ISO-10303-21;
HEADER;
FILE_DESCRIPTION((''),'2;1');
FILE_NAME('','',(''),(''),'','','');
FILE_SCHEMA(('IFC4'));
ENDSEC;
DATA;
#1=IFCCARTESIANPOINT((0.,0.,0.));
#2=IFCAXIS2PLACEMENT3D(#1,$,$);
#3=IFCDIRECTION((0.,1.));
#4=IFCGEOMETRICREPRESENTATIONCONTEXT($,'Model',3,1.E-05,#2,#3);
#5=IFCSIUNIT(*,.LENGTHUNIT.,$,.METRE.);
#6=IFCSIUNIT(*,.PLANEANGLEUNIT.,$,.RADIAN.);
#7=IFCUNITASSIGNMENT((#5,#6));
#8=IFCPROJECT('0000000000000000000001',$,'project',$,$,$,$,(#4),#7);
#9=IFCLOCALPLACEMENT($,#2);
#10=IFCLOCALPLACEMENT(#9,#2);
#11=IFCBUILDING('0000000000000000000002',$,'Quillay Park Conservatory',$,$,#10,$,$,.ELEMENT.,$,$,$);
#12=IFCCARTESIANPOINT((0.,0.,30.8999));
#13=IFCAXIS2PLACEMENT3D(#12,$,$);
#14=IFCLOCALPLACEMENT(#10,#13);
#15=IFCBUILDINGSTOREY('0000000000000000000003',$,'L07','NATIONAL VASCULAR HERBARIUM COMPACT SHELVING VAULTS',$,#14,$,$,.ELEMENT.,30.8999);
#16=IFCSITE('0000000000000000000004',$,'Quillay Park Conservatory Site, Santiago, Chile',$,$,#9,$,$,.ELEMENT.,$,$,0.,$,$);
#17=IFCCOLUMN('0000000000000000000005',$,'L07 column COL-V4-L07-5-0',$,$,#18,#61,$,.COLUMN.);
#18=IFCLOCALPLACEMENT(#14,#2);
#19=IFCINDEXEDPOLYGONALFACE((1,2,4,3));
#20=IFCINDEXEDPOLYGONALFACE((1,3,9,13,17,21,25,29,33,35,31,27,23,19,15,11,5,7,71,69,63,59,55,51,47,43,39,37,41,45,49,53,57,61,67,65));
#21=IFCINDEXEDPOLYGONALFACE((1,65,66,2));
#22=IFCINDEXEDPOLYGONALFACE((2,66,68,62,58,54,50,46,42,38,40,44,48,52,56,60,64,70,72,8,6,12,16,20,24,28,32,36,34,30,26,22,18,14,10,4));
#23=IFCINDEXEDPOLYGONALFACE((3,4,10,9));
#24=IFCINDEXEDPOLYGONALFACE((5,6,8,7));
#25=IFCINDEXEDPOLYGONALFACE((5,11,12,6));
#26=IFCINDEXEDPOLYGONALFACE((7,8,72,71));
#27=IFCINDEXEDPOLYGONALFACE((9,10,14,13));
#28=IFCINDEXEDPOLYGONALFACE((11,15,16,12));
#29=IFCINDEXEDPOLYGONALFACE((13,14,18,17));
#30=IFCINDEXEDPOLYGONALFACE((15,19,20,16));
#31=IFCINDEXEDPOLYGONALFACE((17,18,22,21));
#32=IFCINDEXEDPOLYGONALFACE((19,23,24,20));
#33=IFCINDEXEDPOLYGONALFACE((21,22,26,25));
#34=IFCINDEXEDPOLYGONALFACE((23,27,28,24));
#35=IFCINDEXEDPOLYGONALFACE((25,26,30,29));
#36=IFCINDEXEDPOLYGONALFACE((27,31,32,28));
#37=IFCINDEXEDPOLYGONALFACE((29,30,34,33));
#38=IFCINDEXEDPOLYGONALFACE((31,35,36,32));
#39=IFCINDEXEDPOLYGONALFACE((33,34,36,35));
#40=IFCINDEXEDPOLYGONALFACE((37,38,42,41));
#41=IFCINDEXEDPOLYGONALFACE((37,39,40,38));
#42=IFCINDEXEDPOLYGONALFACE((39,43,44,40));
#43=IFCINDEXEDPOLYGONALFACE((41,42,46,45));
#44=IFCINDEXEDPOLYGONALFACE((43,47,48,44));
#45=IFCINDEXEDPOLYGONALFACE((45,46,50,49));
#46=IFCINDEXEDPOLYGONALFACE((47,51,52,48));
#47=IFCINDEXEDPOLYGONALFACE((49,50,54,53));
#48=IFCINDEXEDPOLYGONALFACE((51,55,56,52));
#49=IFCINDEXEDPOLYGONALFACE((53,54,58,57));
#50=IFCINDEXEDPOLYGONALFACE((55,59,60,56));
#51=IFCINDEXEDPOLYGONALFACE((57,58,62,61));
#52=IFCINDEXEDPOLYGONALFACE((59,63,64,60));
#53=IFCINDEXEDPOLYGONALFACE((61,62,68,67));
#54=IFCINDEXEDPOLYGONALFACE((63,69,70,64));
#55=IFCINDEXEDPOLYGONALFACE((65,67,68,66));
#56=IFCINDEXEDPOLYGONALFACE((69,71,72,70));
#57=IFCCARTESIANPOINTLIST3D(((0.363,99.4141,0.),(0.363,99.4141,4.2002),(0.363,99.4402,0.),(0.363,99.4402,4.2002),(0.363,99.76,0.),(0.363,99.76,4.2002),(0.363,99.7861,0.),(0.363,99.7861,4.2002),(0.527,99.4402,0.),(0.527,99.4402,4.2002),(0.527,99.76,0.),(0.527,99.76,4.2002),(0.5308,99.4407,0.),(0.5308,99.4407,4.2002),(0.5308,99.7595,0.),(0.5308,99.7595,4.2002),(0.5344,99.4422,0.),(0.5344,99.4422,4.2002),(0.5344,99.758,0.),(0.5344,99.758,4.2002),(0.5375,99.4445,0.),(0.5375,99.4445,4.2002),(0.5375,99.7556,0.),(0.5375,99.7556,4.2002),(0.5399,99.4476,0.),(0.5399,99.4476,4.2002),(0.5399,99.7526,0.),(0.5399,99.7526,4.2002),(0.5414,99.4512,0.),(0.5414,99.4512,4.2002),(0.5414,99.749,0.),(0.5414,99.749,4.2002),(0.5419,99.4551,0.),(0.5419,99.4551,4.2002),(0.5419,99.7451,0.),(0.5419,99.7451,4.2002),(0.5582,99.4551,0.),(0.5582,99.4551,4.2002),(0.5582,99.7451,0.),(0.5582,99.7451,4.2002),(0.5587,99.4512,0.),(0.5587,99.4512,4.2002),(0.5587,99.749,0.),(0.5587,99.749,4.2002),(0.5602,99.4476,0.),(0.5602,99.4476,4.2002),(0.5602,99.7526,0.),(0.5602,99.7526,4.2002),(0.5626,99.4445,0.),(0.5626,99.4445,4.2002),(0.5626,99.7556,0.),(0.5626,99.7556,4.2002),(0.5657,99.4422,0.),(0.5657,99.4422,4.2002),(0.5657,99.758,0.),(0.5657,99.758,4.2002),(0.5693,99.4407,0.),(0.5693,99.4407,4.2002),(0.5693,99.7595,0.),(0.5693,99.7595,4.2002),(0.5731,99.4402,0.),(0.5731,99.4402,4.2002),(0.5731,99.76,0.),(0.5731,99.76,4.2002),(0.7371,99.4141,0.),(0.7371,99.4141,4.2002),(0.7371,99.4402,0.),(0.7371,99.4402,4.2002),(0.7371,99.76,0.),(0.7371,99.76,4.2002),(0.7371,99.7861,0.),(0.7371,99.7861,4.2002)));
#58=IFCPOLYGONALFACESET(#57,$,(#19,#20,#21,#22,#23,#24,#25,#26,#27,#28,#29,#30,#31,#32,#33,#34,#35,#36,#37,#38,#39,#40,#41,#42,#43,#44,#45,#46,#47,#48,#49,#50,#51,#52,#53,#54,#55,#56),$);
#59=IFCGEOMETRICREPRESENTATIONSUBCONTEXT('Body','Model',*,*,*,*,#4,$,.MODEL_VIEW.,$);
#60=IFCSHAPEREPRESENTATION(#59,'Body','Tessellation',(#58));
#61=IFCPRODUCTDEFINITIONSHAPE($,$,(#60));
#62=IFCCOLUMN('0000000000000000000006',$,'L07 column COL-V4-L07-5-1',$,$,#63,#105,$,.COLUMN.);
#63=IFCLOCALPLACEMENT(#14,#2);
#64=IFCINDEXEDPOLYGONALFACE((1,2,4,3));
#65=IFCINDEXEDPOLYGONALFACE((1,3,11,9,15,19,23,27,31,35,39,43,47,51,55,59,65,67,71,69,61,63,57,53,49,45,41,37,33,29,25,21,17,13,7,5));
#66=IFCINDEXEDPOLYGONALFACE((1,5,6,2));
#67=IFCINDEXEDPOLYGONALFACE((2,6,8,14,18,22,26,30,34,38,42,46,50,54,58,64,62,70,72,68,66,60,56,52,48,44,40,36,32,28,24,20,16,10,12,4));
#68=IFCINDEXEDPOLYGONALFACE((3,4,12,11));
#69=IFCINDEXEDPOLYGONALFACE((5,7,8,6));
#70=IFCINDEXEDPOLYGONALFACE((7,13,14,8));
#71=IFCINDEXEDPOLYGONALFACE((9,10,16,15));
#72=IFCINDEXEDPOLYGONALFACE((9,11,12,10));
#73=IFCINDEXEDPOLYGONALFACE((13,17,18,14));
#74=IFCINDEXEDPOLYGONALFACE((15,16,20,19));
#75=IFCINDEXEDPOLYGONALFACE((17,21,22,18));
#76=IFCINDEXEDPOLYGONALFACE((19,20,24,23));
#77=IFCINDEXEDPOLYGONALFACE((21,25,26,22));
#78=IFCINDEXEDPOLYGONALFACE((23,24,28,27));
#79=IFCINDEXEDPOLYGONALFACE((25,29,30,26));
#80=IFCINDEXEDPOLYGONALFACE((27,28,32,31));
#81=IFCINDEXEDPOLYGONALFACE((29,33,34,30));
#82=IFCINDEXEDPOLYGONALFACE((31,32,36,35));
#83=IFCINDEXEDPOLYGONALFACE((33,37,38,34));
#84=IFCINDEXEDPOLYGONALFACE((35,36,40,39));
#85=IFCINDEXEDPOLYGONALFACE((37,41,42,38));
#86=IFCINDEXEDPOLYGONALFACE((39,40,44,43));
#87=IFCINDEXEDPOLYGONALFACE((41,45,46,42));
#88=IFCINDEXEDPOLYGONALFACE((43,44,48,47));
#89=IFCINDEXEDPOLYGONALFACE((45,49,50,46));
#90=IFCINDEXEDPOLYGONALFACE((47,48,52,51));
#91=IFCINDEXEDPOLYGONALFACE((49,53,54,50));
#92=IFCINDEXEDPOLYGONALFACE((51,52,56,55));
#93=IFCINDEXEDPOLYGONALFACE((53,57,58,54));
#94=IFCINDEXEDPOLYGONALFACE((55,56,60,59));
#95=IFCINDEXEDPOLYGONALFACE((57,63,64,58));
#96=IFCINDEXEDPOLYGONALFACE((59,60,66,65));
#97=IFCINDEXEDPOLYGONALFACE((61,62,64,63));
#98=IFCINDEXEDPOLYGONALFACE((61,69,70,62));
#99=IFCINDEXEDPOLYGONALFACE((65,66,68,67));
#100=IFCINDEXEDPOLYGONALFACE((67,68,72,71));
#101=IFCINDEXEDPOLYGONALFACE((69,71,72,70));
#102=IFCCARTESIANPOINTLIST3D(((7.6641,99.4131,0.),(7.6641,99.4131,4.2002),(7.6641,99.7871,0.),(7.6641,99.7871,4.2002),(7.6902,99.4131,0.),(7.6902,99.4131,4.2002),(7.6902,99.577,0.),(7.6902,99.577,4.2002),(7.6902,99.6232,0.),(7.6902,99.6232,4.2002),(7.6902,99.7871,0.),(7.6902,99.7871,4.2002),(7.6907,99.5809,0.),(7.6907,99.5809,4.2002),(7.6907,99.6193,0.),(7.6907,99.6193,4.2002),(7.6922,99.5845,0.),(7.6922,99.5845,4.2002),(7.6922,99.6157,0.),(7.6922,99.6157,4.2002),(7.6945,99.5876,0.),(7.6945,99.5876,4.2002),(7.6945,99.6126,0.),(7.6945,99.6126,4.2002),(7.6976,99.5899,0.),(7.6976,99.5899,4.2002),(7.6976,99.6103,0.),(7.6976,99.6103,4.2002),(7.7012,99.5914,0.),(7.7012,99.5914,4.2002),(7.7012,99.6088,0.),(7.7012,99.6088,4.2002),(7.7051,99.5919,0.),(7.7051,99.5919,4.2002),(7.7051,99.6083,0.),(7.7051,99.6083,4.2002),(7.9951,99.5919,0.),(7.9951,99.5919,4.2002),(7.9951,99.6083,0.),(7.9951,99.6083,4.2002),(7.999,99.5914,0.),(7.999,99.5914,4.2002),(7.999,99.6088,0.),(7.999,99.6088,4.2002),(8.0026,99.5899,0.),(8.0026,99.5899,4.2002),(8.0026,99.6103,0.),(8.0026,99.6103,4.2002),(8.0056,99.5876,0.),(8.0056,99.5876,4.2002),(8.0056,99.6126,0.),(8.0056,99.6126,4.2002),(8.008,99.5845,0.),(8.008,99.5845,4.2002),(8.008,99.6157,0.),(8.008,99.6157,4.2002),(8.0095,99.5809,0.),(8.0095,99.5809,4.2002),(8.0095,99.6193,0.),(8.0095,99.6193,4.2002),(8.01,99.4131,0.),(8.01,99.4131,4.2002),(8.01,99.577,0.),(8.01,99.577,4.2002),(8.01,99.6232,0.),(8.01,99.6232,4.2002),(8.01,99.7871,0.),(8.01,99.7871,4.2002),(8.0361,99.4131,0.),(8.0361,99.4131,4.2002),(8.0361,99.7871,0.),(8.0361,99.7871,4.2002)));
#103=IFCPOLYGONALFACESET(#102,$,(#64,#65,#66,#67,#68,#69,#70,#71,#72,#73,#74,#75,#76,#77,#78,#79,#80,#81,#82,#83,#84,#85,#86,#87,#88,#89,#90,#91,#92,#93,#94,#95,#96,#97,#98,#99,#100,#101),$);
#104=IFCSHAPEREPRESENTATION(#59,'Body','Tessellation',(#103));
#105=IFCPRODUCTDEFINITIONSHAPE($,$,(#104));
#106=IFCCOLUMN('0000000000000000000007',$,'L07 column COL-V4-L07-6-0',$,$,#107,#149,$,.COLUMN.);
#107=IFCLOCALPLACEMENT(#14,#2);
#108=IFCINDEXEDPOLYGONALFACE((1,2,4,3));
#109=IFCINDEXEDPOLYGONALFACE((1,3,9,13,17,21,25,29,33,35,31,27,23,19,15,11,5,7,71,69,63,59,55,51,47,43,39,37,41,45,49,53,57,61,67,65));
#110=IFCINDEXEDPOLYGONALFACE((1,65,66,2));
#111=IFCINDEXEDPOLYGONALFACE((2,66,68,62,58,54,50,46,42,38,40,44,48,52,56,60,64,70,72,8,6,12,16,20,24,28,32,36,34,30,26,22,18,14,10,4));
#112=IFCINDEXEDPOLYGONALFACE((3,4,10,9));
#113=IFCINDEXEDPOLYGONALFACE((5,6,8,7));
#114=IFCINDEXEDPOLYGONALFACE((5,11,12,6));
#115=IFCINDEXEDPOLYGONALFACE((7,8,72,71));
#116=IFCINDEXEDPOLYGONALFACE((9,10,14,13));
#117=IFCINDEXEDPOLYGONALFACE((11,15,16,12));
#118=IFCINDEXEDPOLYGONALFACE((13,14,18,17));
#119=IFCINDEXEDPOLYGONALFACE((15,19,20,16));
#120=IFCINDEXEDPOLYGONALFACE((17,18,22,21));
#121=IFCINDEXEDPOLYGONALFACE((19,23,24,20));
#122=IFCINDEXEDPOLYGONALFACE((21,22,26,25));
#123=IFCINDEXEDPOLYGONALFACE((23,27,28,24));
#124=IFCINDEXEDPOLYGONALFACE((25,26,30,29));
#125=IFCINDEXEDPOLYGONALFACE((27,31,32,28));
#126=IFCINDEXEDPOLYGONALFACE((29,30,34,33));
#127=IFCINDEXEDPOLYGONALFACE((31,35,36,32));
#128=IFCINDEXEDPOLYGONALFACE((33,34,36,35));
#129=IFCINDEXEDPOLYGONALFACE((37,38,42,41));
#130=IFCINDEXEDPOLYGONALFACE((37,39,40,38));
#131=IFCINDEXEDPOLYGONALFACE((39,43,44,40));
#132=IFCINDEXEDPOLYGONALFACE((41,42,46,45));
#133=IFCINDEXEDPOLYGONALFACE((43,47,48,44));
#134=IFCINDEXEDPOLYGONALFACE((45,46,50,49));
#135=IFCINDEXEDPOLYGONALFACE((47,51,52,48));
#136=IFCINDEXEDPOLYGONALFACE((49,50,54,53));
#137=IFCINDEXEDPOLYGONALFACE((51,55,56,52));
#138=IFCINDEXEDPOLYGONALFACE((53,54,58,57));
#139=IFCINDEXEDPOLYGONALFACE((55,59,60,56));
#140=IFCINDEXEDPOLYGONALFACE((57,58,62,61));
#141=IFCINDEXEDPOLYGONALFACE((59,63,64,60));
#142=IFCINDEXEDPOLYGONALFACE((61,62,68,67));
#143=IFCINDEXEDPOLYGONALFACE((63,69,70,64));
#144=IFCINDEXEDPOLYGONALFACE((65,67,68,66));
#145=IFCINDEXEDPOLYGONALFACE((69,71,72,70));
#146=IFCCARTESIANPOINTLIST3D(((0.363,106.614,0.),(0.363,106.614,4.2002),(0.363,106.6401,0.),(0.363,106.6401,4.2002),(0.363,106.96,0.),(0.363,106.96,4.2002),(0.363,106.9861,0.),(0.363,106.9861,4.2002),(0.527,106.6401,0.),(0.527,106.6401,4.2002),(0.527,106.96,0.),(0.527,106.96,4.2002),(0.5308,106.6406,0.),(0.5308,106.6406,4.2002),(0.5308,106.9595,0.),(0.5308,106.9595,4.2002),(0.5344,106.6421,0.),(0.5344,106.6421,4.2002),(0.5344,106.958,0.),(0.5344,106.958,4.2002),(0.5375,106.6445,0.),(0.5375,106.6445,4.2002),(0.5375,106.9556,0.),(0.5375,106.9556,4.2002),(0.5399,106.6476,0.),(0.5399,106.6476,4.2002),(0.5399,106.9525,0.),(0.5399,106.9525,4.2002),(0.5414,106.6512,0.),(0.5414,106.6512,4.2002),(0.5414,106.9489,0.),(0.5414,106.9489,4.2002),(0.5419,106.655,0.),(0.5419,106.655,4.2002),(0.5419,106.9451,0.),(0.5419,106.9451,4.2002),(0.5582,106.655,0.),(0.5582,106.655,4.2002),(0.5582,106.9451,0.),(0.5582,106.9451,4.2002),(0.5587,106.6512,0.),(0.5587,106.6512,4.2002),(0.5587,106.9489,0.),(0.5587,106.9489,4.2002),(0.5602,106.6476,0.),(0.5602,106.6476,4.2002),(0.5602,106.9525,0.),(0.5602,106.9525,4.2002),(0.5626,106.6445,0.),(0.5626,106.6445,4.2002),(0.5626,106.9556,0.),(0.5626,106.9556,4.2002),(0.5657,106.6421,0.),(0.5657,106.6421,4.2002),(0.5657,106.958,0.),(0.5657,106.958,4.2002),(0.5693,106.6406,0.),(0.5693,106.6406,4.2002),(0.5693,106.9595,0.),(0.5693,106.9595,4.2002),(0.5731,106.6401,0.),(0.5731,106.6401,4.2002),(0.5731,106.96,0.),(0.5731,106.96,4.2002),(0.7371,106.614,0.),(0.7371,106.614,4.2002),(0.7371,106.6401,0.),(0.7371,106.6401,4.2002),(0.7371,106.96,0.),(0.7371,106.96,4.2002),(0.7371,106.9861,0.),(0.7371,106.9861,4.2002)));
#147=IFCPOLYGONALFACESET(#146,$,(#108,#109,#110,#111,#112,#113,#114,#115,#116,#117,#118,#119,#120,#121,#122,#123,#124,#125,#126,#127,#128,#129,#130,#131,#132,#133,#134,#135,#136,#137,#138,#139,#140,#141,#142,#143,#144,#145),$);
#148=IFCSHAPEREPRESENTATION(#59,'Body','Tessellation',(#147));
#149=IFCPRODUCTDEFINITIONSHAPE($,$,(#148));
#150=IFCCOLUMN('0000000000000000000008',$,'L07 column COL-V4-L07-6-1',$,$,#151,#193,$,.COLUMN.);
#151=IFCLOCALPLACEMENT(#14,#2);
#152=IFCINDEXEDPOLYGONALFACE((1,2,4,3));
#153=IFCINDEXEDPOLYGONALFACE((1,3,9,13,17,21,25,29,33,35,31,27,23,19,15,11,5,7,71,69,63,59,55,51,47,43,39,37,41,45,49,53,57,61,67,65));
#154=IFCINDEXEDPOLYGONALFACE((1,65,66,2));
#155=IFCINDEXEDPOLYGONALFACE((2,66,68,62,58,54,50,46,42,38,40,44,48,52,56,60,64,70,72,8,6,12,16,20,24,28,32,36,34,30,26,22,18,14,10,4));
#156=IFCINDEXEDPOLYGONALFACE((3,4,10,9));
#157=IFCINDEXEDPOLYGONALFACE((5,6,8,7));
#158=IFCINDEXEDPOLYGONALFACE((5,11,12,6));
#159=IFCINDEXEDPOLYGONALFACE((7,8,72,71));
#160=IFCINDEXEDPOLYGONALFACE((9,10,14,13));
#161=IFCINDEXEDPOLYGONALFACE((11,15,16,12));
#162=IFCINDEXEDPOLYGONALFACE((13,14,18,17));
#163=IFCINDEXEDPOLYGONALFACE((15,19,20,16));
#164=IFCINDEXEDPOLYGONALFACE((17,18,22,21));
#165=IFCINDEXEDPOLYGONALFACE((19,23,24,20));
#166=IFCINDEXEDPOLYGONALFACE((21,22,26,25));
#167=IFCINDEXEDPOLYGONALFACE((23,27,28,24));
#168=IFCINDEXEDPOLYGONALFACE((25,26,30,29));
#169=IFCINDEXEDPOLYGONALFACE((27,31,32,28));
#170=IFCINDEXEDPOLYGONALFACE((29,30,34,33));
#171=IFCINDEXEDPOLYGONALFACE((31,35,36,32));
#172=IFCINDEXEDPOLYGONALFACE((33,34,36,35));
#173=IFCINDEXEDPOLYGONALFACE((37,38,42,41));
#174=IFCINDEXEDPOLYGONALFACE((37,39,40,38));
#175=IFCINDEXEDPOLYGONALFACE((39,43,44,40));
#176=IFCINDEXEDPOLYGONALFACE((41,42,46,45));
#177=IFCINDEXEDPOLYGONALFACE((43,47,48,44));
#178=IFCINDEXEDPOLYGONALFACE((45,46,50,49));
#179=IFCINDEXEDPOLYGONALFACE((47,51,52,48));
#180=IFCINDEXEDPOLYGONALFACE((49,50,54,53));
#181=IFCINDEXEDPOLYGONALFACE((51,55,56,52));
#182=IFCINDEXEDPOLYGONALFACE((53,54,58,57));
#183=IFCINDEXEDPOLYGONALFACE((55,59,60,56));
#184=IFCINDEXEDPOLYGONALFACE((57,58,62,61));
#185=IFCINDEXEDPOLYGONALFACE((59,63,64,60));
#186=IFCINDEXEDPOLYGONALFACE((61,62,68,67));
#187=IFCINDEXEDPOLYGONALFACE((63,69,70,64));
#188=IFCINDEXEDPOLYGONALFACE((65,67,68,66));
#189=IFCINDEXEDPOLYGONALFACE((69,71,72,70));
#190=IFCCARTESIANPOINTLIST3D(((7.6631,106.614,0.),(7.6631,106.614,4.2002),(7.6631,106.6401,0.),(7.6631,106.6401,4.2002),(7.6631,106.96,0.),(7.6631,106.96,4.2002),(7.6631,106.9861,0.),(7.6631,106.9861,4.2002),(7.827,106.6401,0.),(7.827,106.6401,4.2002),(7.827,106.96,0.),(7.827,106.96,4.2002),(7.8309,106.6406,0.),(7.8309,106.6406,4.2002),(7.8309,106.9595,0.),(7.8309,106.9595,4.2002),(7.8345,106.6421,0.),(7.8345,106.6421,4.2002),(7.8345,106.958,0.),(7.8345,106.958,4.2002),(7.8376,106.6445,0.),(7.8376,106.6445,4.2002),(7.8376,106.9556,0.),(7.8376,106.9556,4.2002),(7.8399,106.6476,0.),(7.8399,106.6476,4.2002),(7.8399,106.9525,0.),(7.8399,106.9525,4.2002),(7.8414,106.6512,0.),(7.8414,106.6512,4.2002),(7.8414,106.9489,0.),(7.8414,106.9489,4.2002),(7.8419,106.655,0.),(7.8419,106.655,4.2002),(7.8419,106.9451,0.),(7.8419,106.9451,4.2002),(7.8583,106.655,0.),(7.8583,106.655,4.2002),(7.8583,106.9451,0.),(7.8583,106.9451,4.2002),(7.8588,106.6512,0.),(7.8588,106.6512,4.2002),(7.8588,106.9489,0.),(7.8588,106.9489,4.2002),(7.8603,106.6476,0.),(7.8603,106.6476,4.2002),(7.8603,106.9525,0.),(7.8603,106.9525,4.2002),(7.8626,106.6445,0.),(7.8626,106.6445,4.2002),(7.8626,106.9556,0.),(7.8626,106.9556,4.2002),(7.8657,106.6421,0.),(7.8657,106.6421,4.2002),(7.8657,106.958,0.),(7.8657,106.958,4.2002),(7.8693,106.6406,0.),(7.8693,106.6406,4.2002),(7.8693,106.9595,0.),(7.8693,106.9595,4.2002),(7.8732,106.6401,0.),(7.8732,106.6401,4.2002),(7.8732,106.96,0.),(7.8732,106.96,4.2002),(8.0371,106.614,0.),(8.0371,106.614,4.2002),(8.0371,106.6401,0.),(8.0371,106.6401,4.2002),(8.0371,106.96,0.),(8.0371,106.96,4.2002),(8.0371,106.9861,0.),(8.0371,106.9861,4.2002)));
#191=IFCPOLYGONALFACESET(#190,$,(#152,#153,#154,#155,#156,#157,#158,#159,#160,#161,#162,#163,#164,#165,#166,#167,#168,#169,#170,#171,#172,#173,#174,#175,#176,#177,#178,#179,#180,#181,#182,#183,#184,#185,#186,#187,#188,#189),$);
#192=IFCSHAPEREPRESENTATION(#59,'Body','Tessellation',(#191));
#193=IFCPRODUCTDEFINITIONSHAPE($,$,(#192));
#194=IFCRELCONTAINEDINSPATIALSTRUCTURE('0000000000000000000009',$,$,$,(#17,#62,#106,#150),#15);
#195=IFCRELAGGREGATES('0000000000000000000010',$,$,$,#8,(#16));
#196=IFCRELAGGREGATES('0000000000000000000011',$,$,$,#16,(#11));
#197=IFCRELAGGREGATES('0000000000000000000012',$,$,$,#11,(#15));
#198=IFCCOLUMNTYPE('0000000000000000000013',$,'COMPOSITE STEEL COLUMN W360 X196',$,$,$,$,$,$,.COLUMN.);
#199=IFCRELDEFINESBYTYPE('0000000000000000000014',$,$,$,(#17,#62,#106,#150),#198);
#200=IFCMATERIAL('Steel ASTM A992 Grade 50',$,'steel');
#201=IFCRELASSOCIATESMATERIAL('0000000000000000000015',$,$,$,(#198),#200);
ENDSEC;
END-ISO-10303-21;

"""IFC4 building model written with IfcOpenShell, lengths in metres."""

from ifc_helpers import new_model, si_unit, direction, frame, origin, origin_2d, place, context, subcontext, project, spatial, i_section, extrude, material, material_profile, profile_set, type_object, element, save


model = new_model("IFC4")

# Units and contexts
model_context = context("Model", 3, precision=1e-05, world=origin(), true_north=direction((0.0, 1.0)))
body_context = subcontext(model_context, "Body", "Model", "MODEL_VIEW")
ifc_project = project(units=[si_unit("LENGTHUNIT", "METRE"), si_unit("PLANEANGLEUNIT", "RADIAN")], contexts=[model_context])

# Site, building, storey
site_placement = place(None, origin())
site = spatial("IfcSite", under=ifc_project, at=site_placement, Name="Quillay Park Conservatory Site, Santiago, Chile", CompositionType="ELEMENT", RefElevation=0.0)
building_placement = place(site_placement, origin())
building = spatial("IfcBuilding", under=site, at=building_placement, Name="Quillay Park Conservatory", CompositionType="ELEMENT")
storey_placement = place(building_placement, frame((0.0, 0.0, 30.8999)))
storey = spatial("IfcBuildingStorey", under=building, at=storey_placement, Name="L07", Description="NATIONAL VASCULAR HERBARIUM COMPACT SHELVING VAULTS", CompositionType="ELEMENT", Elevation=30.8999)

# Columns
ifc_material_1 = material(Name="Steel ASTM A992 Grade 50", Category="steel")
ifc_material_profile_1 = material_profile(ifc_material_1, i_section(OverallWidth=0.374, OverallDepth=0.3721, WebThickness=0.0164, FlangeThickness=0.0261, FilletRadius=0.0149, at=origin_2d()), Name="W360x196")
ifc_profile_set_1 = profile_set([ifc_material_profile_1], Name="Steel ASTM A992 Grade 50")
column_type = type_object("IfcColumnType", Name="COMPOSITE STEEL COLUMN W360 X196", PredefinedType="COLUMN", material=ifc_profile_set_1)
for number, where, z_axis, x_axis, name in (
    (1, (0.55, 99.6001, 0.0), (0.0, 0.0, 1.0), (1.0, 0.0, 0.0), "L07 column COL-V4-L07-5-0"),
    (2, (7.8501, 99.6001, 0.0), (0.0, 0.0, 1.0), (0.0, 1.0, 0.0), "L07 column COL-V4-L07-5-1"),
    (3, (0.55, 106.8, 0.0), (0.0, 0.0, 1.0), (1.0, 0.0, 0.0), "L07 column COL-V4-L07-6-0"),
    (4, (7.8501, 106.8, 0.0), (0.0, 0.0, 1.0), (1.0, 0.0, 0.0), "L07 column COL-V4-L07-6-1"),
):
    element("IfcColumn", number, at=place(storey_placement, frame(where, z_axis=z_axis, x_axis=x_axis)), inside=storey, type_object=column_type, Name=name, PredefinedType="COLUMN", context=body_context, shape_type="SweptSolid", body=[
        extrude(i_section(OverallWidth=0.374, OverallDepth=0.3721, WebThickness=0.0164, FlangeThickness=0.0261, FilletRadius=0.0149, at=origin_2d()), origin(), (0.0, 0.0, 1.0), 4.2002),
    ])

save(model, "model.ifc")
